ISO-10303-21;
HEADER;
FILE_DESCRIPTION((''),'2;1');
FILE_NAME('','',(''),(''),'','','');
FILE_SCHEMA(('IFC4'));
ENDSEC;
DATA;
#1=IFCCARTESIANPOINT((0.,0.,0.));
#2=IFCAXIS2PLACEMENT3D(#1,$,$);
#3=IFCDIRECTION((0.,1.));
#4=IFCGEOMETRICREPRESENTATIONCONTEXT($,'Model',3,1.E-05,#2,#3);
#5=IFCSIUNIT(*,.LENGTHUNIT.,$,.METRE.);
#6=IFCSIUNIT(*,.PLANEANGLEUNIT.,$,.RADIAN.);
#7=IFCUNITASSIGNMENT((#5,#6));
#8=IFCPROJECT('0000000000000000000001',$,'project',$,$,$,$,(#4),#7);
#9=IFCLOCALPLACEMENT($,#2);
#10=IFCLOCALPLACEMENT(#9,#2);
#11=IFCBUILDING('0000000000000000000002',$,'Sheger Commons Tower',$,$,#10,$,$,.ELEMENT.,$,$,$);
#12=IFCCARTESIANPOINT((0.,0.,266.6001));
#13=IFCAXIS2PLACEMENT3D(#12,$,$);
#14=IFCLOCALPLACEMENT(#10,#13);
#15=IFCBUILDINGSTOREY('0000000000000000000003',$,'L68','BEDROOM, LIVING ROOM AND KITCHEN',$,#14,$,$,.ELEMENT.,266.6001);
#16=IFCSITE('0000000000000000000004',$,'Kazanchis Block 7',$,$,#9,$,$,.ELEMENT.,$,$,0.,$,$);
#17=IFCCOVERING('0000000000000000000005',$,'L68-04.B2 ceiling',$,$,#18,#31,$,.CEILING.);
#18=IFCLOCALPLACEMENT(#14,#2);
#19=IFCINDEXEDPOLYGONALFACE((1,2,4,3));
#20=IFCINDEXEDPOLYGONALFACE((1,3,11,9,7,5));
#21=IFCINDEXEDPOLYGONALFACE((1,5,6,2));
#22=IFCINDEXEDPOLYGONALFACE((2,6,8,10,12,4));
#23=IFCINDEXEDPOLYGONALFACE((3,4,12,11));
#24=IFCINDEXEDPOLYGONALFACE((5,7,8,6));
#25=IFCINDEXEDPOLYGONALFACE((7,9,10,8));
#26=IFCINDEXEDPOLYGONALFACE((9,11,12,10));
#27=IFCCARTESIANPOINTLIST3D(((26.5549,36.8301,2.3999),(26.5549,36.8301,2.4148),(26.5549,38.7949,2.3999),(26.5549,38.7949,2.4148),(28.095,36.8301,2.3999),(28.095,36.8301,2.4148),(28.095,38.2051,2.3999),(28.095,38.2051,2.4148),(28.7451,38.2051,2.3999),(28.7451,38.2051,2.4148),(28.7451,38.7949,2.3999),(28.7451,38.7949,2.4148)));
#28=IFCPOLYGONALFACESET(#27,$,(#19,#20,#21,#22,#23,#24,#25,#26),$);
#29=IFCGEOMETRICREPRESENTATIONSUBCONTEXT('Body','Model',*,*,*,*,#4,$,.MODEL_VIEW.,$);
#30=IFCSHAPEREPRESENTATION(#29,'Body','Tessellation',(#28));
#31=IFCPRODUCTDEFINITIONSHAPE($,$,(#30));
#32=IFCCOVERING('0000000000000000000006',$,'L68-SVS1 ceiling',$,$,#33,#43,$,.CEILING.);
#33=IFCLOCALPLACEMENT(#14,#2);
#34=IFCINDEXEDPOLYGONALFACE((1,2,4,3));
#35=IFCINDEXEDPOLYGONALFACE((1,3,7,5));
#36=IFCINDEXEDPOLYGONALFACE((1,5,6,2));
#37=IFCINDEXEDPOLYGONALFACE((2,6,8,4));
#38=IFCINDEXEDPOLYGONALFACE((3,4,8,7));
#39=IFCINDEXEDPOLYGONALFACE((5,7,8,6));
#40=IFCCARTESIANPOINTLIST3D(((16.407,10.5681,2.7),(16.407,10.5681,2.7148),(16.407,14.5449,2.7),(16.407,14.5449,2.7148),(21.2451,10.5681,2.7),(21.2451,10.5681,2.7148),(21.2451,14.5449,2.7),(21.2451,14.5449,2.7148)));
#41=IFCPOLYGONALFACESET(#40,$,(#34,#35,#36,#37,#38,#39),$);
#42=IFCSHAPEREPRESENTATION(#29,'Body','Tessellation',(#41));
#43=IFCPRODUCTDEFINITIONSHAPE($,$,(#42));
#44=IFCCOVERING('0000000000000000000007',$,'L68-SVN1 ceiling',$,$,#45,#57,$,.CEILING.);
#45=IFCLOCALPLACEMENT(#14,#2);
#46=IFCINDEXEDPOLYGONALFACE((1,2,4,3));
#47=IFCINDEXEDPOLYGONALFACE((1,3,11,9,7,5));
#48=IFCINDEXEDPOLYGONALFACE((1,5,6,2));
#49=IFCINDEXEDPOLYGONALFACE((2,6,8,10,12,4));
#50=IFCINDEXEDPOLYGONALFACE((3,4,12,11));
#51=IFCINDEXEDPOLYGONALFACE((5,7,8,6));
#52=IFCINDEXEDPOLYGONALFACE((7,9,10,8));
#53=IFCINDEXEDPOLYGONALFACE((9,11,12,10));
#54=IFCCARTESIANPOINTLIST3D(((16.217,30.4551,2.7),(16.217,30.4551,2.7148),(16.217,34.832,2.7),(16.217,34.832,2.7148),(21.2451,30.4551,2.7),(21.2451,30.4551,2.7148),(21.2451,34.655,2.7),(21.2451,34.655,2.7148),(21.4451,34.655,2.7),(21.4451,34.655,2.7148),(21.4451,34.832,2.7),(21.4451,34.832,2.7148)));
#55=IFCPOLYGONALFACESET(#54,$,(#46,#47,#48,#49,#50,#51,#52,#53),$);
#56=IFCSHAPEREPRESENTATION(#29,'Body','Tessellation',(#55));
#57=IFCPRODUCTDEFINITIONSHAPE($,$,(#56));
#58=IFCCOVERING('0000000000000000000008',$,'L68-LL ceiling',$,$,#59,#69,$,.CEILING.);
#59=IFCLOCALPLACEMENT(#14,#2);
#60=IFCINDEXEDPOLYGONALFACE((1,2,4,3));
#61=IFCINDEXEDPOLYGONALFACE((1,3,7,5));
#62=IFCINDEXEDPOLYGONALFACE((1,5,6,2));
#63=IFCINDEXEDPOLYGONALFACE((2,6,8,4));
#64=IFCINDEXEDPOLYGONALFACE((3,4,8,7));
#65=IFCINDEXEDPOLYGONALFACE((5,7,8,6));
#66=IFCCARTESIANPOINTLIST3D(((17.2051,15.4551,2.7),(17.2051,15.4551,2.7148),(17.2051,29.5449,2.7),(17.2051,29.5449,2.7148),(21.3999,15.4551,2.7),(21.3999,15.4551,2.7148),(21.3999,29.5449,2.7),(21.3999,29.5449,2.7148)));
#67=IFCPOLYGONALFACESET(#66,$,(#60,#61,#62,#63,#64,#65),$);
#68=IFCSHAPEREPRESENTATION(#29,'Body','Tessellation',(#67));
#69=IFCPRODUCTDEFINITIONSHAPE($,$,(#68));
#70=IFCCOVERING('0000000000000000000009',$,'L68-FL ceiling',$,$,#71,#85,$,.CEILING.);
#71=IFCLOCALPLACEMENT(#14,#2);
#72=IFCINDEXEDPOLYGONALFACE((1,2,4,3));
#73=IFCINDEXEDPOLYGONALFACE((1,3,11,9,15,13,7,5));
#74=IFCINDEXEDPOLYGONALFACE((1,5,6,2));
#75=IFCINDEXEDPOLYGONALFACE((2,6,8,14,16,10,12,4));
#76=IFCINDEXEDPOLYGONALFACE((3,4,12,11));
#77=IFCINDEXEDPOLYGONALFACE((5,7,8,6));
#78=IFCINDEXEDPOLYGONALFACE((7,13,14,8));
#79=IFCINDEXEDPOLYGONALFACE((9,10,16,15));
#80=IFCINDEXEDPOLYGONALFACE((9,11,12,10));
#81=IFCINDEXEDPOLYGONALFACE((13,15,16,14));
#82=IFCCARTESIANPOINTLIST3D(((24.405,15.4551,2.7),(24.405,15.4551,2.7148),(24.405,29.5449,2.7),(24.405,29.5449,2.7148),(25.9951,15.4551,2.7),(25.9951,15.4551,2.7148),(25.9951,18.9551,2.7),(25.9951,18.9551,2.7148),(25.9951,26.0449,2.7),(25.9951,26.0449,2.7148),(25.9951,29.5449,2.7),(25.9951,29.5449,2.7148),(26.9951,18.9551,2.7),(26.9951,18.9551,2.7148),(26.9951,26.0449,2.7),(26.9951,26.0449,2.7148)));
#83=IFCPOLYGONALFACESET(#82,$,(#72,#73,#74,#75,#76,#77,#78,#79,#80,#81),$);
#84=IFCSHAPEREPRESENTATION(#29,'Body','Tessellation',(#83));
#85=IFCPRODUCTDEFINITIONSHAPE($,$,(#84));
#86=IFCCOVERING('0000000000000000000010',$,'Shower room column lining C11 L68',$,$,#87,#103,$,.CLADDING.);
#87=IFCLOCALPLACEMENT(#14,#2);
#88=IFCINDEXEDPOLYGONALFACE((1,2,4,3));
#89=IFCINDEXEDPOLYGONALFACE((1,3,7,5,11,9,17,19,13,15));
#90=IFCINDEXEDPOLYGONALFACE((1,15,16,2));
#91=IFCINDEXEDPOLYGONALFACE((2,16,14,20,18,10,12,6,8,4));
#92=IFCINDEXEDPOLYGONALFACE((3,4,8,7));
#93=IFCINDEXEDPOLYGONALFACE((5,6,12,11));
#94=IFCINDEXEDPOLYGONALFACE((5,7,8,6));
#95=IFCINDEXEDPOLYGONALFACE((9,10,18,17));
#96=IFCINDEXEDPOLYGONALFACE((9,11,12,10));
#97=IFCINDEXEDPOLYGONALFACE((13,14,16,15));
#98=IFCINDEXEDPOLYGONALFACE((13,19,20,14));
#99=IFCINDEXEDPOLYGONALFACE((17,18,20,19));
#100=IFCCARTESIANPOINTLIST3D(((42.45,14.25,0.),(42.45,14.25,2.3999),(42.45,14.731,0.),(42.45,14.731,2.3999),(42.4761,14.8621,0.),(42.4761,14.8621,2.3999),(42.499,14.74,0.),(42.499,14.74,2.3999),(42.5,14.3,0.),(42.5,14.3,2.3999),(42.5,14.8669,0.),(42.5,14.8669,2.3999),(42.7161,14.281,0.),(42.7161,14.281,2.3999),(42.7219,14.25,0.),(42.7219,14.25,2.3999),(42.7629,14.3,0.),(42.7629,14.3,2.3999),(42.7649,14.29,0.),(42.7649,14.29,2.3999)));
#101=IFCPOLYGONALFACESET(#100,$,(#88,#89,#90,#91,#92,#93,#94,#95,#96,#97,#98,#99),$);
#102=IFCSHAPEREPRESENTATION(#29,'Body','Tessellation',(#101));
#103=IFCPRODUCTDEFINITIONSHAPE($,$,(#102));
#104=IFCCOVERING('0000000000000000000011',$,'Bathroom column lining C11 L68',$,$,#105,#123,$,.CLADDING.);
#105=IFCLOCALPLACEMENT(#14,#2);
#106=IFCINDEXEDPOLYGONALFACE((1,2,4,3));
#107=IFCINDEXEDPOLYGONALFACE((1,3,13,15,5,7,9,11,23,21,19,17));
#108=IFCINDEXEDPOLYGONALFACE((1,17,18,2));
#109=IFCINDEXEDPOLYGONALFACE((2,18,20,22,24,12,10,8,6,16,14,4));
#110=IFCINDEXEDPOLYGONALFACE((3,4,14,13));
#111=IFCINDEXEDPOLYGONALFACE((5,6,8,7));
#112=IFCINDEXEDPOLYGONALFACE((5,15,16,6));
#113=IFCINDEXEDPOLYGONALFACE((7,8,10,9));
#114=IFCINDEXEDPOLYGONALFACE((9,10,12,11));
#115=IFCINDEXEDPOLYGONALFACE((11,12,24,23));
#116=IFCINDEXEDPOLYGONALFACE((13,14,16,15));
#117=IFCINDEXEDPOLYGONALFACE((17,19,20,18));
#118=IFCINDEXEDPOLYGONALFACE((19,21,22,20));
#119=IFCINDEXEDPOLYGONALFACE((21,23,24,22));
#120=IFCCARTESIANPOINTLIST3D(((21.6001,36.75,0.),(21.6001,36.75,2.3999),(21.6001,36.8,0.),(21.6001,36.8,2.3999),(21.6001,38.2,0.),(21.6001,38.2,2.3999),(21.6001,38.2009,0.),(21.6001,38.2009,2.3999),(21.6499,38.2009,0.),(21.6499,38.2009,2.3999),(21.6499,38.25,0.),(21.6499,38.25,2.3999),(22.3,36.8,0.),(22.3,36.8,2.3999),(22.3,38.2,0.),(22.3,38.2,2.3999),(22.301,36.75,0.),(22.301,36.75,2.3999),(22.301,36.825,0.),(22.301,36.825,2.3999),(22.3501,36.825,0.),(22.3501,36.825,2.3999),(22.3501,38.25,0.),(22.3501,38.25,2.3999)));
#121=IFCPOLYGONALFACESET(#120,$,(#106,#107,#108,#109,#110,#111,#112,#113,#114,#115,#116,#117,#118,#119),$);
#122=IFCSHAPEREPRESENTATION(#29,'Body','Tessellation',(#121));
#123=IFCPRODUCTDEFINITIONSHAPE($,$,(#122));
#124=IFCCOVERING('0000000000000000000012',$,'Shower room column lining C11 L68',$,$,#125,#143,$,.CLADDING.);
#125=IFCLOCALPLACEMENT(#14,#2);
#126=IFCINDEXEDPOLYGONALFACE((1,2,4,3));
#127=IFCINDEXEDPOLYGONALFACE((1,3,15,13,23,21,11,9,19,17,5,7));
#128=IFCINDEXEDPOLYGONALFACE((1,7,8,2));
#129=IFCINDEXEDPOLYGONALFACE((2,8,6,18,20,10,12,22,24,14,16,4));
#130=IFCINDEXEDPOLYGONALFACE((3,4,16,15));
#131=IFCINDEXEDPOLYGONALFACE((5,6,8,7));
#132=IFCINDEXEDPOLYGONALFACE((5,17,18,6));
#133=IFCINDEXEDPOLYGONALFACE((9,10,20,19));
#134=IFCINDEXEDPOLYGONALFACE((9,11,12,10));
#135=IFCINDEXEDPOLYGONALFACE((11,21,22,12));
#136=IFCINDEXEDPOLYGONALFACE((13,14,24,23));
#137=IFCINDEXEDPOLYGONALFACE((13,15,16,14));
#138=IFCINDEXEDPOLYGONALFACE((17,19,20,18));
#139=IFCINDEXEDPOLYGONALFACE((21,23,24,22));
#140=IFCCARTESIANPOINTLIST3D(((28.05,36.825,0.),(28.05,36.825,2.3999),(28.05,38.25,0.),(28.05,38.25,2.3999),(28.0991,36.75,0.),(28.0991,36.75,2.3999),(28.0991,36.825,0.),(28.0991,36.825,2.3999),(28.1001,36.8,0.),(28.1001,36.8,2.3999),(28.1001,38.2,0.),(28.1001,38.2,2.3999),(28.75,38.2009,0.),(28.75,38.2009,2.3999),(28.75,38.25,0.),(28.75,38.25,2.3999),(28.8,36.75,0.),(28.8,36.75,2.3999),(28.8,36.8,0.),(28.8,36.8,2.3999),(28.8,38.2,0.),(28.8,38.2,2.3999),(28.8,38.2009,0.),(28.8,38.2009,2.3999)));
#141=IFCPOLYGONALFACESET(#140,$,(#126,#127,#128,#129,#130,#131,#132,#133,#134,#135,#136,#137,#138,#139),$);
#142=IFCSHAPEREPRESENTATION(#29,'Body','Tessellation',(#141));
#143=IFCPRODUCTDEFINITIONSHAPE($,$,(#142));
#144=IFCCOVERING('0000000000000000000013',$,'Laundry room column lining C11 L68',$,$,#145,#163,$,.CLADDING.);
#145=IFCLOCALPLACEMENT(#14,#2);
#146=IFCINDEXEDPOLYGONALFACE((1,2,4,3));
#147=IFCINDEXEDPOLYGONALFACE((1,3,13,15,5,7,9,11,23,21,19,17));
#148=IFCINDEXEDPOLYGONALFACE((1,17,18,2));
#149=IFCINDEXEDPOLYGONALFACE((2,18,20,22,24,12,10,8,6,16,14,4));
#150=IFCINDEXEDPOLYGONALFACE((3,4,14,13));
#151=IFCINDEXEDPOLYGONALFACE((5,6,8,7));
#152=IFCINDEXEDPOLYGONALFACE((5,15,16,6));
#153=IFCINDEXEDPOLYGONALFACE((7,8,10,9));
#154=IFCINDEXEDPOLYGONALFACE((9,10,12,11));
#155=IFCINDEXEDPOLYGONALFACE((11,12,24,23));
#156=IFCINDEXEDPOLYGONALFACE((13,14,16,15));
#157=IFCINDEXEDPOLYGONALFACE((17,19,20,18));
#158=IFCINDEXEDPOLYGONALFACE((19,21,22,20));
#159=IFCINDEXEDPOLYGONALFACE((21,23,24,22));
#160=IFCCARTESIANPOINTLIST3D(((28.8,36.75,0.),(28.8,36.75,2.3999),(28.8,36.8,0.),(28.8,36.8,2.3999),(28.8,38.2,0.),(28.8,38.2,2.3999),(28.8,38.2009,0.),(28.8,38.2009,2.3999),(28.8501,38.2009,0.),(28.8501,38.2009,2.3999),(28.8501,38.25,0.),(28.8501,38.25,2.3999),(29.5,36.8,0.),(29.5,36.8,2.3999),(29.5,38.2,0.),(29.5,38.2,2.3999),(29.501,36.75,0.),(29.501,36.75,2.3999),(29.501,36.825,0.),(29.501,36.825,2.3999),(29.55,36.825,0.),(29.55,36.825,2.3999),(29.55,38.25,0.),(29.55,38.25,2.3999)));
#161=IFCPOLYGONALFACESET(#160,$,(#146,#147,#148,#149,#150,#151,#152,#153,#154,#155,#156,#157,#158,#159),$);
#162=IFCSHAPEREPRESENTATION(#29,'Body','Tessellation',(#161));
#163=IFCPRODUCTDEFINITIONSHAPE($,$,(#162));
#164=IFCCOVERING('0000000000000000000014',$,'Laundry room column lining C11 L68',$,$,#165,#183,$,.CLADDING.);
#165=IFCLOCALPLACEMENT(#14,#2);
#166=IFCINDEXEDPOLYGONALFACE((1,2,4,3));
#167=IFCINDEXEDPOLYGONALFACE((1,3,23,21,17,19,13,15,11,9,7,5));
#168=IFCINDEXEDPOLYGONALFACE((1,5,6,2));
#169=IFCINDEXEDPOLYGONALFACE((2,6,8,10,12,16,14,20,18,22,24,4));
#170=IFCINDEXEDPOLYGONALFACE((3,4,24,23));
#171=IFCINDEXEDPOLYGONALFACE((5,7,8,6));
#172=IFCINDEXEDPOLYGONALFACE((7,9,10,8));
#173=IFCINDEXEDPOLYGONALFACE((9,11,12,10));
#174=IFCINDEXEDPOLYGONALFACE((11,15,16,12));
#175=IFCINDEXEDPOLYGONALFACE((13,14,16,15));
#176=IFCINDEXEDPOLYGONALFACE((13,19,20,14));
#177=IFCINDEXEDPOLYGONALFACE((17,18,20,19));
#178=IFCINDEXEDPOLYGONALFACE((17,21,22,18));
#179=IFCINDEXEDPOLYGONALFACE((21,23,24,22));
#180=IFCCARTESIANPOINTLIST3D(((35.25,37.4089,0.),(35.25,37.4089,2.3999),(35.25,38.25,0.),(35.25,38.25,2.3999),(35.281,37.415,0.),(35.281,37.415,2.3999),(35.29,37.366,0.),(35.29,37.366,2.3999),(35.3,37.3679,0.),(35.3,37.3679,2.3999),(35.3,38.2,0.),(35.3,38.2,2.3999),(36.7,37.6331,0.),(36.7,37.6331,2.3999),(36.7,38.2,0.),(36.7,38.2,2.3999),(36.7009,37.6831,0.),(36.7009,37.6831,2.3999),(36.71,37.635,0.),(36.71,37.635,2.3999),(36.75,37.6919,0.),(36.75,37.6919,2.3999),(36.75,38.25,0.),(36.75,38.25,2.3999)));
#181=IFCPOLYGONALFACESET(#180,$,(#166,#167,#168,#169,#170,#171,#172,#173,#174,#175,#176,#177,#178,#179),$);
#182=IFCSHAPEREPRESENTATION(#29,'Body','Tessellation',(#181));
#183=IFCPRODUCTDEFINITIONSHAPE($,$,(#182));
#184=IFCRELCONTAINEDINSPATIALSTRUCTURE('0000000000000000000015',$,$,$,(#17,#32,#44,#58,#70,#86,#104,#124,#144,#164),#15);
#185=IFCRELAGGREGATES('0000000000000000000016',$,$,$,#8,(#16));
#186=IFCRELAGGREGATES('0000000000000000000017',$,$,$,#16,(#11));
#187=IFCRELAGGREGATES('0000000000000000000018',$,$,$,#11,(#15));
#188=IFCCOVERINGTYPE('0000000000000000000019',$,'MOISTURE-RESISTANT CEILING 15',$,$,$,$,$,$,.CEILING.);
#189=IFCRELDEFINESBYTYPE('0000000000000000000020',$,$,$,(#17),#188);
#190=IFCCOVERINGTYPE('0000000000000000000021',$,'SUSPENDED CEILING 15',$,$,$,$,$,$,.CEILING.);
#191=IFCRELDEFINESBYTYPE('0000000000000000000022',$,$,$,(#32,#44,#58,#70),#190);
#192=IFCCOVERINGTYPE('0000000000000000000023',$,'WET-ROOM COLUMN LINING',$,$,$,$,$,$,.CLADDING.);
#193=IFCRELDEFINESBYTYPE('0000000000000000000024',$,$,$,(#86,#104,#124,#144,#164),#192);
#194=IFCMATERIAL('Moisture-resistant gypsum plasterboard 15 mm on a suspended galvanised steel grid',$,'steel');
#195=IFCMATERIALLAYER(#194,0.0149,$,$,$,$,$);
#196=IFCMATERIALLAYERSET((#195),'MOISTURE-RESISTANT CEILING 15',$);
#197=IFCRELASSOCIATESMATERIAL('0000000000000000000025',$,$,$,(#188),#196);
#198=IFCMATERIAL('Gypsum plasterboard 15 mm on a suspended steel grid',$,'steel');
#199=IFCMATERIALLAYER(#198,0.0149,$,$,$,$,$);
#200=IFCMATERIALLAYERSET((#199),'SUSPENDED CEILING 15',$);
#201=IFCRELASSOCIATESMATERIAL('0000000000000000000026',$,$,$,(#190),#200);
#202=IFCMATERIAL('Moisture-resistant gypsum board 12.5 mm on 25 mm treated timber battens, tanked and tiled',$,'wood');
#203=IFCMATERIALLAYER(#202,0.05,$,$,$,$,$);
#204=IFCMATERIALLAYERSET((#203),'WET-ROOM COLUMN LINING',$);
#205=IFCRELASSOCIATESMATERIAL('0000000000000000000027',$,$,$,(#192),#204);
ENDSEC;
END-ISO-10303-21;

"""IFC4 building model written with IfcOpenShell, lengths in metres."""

from ifc_helpers import new_model, si_unit, direction, frame, origin, place, context, subcontext, project, spatial, polyline, outline, extrude, material, layer, layer_set, type_object, element, save


model = new_model("IFC4")

# Units and contexts
model_context = context("Model", 3, precision=1e-05, world=origin(), true_north=direction((0.0, 1.0)))
body_context = subcontext(model_context, "Body", "Model", "MODEL_VIEW")
ifc_project = project(units=[si_unit("LENGTHUNIT", "METRE"), si_unit("PLANEANGLEUNIT", "RADIAN")], contexts=[model_context])

# Site, building, storey
site_placement = place(None, origin())
site = spatial("IfcSite", under=ifc_project, at=site_placement, Name="Kazanchis Block 7", CompositionType="ELEMENT", RefElevation=0.0)
building_placement = place(site_placement, origin())
building = spatial("IfcBuilding", under=site, at=building_placement, Name="Sheger Commons Tower", CompositionType="ELEMENT")
storey_placement = place(building_placement, frame((0.0, 0.0, 266.6001)))
storey = spatial("IfcBuildingStorey", under=building, at=storey_placement, Name="L68", Description="BEDROOM, LIVING ROOM AND KITCHEN", CompositionType="ELEMENT", Elevation=266.6001)

# Coverings
ifc_material_1 = material(Name="Moisture-resistant gypsum plasterboard 15 mm on a suspended galvanised steel grid", Category="steel")
ifc_layer_1 = layer(ifc_material_1, 0.0149)
ifc_layer_set_1 = layer_set([ifc_layer_1], Name="MOISTURE-RESISTANT CEILING 15")
covering_type_1 = type_object("IfcCoveringType", Name="MOISTURE-RESISTANT CEILING 15", PredefinedType="CEILING", material=ifc_layer_set_1)
covering_1_placement = place(storey_placement, frame((0.0, 0.0, 2.3999)))
element("IfcCovering", 1, at=covering_1_placement, inside=storey, type_object=covering_type_1, Name="L68-04.B2 ceiling", PredefinedType="CEILING", context=body_context, shape_type="SweptSolid", body=[
    extrude(outline(polyline([(26.5549, 36.8301), (28.095, 36.8301), (28.095, 38.2051), (28.7451, 38.2051), (28.7451, 38.7949), (26.5549, 38.7949), (26.5549, 36.8301)])), origin(), (0.0, 0.0, 1.0), 0.0149),
])
ifc_material_2 = material(Name="Gypsum plasterboard 15 mm on a suspended steel grid", Category="steel")
ifc_layer_2 = layer(ifc_material_2, 0.0149)
ifc_layer_set_2 = layer_set([ifc_layer_2], Name="SUSPENDED CEILING 15")
covering_type_2 = type_object("IfcCoveringType", Name="SUSPENDED CEILING 15", PredefinedType="CEILING", material=ifc_layer_set_2)
covering_2_placement = place(storey_placement, frame((0.0, 0.0, 2.7)))
element("IfcCovering", 2, at=covering_2_placement, inside=storey, type_object=covering_type_2, Name="L68-SVS1 ceiling", PredefinedType="CEILING", context=body_context, shape_type="SweptSolid", body=[
    extrude(outline(polyline([(16.407, 10.5681), (21.2451, 10.5681), (21.2451, 14.5449), (16.407, 14.5449), (16.407, 10.5681)])), origin(), (0.0, 0.0, 1.0), 0.0149),
])
covering_3_placement = place(storey_placement, frame((0.0, 0.0, 2.7)))
element("IfcCovering", 3, at=covering_3_placement, inside=storey, type_object=covering_type_2, Name="L68-SVN1 ceiling", PredefinedType="CEILING", context=body_context, shape_type="SweptSolid", body=[
    extrude(outline(polyline([(16.217, 30.4551), (21.2451, 30.4551), (21.2451, 34.655), (21.4451, 34.655), (21.4451, 34.832), (16.217, 34.832), (16.217, 30.4551)])), origin(), (0.0, 0.0, 1.0), 0.0149),
])
covering_4_placement = place(storey_placement, frame((0.0, 0.0, 2.7)))
element("IfcCovering", 4, at=covering_4_placement, inside=storey, type_object=covering_type_2, Name="L68-LL ceiling", PredefinedType="CEILING", context=body_context, shape_type="SweptSolid", body=[
    extrude(outline(polyline([(17.2051, 15.4551), (21.3999, 15.4551), (21.3999, 29.5449), (17.2051, 29.5449), (17.2051, 15.4551)])), origin(), (0.0, 0.0, 1.0), 0.0149),
])
covering_5_placement = place(storey_placement, frame((0.0, 0.0, 2.7)))
element("IfcCovering", 5, at=covering_5_placement, inside=storey, type_object=covering_type_2, Name="L68-FL ceiling", PredefinedType="CEILING", context=body_context, shape_type="SweptSolid", body=[
    extrude(outline(polyline([(24.405, 15.4551), (25.9951, 15.4551), (25.9951, 18.9551), (26.9951, 18.9551), (26.9951, 26.0449), (25.9951, 26.0449), (25.9951, 29.5449), (24.405, 29.5449), (24.405, 15.4551)])), origin(), (0.0, 0.0, 1.0), 0.0149),
])
ifc_material_3 = material(Name="Moisture-resistant gypsum board 12.5 mm on 25 mm treated timber battens, tanked and tiled", Category="wood")
ifc_layer_3 = layer(ifc_material_3, 0.05)
ifc_layer_set_3 = layer_set([ifc_layer_3], Name="WET-ROOM COLUMN LINING")
covering_type_3 = type_object("IfcCoveringType", Name="WET-ROOM COLUMN LINING", PredefinedType="CLADDING", material=ifc_layer_set_3)
covering_6_placement = place(storey_placement, origin())
element("IfcCovering", 6, at=covering_6_placement, inside=storey, type_object=covering_type_3, Name="Shower room column lining C11 L68", PredefinedType="CLADDING", context=body_context, shape_type="SweptSolid", body=[
    extrude(outline(polyline([(42.5, 14.8669), (42.5, 14.3), (42.7629, 14.3), (42.7649, 14.29), (42.7161, 14.281), (42.7219, 14.25), (42.45, 14.25), (42.45, 14.731), (42.499, 14.74), (42.4761, 14.8621), (42.5, 14.8669)])), origin(), (0.0, 0.0, 1.0), 2.3999),
])
covering_7_placement = place(storey_placement, origin())
element("IfcCovering", 7, at=covering_7_placement, inside=storey, type_object=covering_type_3, Name="Bathroom column lining C11 L68", PredefinedType="CLADDING", context=body_context, shape_type="SweptSolid", body=[
    extrude(outline(polyline([(22.3501, 36.825), (22.301, 36.825), (22.301, 36.75), (21.6001, 36.75), (21.6001, 36.8), (22.3, 36.8), (22.3, 38.2), (21.6001, 38.2), (21.6001, 38.2009), (21.6499, 38.2009), (21.6499, 38.25), (22.3501, 38.25), (22.3501, 36.825)])), origin(), (0.0, 0.0, 1.0), 2.3999),
])
covering_8_placement = place(storey_placement, origin())
element("IfcCovering", 8, at=covering_8_placement, inside=storey, type_object=covering_type_3, Name="Shower room column lining C11 L68", PredefinedType="CLADDING", context=body_context, shape_type="SweptSolid", body=[
    extrude(outline(polyline([(28.75, 38.25), (28.75, 38.2009), (28.8, 38.2009), (28.8, 38.2), (28.1001, 38.2), (28.1001, 36.8), (28.8, 36.8), (28.8, 36.75), (28.0991, 36.75), (28.0991, 36.825), (28.05, 36.825), (28.05, 38.25), (28.75, 38.25)])), origin(), (0.0, 0.0, 1.0), 2.3999),
])
covering_9_placement = place(storey_placement, origin())
element("IfcCovering", 9, at=covering_9_placement, inside=storey, type_object=covering_type_3, Name="Laundry room column lining C11 L68", PredefinedType="CLADDING", context=body_context, shape_type="SweptSolid", body=[
    extrude(outline(polyline([(29.55, 36.825), (29.501, 36.825), (29.501, 36.75), (28.8, 36.75), (28.8, 36.8), (29.5, 36.8), (29.5, 38.2), (28.8, 38.2), (28.8, 38.2009), (28.8501, 38.2009), (28.8501, 38.25), (29.55, 38.25), (29.55, 36.825)])), origin(), (0.0, 0.0, 1.0), 2.3999),
])
covering_10_placement = place(storey_placement, origin())
element("IfcCovering", 10, at=covering_10_placement, inside=storey, type_object=covering_type_3, Name="Laundry room column lining C11 L68", PredefinedType="CLADDING", context=body_context, shape_type="SweptSolid", body=[
    extrude(outline(polyline([(36.75, 38.25), (36.75, 37.6919), (36.7009, 37.6831), (36.71, 37.635), (36.7, 37.6331), (36.7, 38.2), (35.3, 38.2), (35.3, 37.3679), (35.29, 37.366), (35.281, 37.415), (35.25, 37.4089), (35.25, 38.25), (36.75, 38.25)])), origin(), (0.0, 0.0, 1.0), 2.3999),
])

save(model, "model.ifc")
